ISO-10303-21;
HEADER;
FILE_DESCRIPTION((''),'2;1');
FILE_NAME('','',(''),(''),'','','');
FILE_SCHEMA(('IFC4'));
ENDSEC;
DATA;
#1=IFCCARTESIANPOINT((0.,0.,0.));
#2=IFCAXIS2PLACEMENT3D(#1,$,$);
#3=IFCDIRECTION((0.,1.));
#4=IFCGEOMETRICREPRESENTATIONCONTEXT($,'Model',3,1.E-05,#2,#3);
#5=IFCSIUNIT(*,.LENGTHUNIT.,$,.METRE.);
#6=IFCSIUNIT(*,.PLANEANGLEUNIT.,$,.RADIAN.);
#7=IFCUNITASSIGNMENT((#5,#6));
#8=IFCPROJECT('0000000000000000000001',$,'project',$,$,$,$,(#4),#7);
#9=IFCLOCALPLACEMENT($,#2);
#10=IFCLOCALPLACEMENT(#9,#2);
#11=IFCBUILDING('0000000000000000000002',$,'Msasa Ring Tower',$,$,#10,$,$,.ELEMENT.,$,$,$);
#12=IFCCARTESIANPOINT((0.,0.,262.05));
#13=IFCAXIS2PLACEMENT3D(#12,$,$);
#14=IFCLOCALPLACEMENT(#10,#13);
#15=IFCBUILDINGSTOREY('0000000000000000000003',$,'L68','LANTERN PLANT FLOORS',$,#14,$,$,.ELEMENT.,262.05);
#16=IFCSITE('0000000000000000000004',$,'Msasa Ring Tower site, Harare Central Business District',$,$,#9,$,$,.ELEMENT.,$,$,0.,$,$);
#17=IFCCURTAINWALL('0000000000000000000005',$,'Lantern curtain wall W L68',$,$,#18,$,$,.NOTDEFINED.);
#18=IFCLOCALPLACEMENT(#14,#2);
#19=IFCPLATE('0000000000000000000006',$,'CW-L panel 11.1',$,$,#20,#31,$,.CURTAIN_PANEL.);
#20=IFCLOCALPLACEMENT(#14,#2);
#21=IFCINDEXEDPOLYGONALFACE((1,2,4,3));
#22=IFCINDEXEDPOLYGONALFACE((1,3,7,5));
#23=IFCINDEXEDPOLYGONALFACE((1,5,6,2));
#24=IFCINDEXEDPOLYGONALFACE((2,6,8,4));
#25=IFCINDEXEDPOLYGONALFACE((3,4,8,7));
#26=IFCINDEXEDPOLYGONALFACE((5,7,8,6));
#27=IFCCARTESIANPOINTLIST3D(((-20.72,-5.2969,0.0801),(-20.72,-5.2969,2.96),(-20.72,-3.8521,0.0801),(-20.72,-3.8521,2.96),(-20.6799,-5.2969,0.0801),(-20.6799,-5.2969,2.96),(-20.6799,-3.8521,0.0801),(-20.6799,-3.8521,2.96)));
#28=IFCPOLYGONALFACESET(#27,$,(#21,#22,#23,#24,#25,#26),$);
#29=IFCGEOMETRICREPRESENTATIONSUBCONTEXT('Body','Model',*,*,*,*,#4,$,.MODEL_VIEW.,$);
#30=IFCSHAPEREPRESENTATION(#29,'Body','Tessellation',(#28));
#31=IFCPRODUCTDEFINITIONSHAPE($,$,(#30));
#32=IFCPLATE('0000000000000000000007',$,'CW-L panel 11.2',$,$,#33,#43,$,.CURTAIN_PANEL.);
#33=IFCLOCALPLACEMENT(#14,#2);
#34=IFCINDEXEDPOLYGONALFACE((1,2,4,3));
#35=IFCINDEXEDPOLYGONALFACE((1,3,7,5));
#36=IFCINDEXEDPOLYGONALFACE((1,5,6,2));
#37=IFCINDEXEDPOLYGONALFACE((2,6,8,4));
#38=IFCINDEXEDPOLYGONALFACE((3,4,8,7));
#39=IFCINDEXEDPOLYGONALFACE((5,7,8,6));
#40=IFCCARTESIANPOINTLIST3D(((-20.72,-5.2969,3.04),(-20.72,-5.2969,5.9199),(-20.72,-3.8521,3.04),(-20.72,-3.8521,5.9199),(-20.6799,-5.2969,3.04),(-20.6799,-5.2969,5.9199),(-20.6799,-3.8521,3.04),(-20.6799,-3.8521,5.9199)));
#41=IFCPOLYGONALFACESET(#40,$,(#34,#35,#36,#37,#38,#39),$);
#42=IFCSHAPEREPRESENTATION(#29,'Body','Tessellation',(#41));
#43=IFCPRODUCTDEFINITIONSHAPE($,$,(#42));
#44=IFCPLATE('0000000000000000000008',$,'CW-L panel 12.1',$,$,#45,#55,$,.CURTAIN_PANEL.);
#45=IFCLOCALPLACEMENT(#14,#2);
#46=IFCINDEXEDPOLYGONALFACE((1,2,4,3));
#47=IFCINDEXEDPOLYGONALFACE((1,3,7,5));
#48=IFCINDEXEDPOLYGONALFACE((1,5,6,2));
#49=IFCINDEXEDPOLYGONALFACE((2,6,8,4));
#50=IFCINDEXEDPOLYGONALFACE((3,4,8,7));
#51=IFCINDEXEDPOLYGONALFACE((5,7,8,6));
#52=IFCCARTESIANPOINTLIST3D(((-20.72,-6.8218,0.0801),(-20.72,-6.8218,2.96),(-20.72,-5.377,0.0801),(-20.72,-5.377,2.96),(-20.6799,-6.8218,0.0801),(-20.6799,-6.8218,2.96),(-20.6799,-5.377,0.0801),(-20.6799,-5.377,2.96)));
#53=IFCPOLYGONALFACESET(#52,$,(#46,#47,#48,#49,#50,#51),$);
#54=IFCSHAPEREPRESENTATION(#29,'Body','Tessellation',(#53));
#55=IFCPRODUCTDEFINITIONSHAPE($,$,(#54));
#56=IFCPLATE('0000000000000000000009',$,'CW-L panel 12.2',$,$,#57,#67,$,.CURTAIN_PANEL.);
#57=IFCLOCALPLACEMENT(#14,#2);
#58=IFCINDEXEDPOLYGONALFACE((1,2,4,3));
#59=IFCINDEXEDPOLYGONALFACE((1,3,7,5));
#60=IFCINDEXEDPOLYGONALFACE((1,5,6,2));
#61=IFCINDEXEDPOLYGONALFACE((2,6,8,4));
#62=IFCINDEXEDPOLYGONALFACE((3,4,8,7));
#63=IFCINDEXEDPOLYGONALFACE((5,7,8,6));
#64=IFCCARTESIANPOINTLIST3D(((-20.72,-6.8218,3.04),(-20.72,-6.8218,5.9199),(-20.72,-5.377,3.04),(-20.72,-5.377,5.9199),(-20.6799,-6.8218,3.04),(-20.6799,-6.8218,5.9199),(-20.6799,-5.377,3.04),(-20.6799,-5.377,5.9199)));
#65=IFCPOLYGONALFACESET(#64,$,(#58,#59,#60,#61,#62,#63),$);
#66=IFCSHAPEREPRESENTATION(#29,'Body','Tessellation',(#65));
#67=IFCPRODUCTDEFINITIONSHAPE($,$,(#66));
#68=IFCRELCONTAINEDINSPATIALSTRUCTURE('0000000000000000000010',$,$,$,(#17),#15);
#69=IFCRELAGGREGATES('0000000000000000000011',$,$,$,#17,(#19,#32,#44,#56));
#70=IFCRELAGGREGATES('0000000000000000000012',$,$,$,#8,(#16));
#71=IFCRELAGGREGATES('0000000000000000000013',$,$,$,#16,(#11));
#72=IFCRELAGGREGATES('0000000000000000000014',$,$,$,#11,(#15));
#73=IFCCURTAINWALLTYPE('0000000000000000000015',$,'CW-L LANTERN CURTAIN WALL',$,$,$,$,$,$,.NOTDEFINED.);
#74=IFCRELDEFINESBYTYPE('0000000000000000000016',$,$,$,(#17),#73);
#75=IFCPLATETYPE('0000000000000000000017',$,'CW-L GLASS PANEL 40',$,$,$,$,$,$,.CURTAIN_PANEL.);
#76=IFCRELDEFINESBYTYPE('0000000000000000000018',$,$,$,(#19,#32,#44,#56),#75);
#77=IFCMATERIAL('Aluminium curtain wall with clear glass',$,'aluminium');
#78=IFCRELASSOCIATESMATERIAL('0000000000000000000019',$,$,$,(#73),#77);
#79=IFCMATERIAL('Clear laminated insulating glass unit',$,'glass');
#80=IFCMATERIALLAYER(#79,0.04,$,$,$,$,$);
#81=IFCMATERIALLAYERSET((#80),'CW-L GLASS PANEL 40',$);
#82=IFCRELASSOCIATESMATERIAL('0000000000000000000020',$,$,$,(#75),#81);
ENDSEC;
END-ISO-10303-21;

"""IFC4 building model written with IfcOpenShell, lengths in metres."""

from ifc_helpers import new_model, si_unit, direction, frame, origin, origin_2d, place, context, subcontext, project, spatial, rectangle, extrude, material, layer, layer_set, type_object, element, aggregate, save


model = new_model("IFC4")

# Units and contexts
model_context = context("Model", 3, precision=1e-05, world=origin(), true_north=direction((0.0, 1.0)))
body_context = subcontext(model_context, "Body", "Model", "MODEL_VIEW")
ifc_project = project(units=[si_unit("LENGTHUNIT", "METRE"), si_unit("PLANEANGLEUNIT", "RADIAN")], contexts=[model_context])

# Site, building, storey
site_placement = place(None, origin())
site = spatial("IfcSite", under=ifc_project, at=site_placement, Name="Msasa Ring Tower site, Harare Central Business District", CompositionType="ELEMENT", RefElevation=0.0)
building_placement = place(site_placement, origin())
building = spatial("IfcBuilding", under=site, at=building_placement, Name="Msasa Ring Tower", CompositionType="ELEMENT")
storey_placement = place(building_placement, frame((0.0, 0.0, 262.05)))
storey = spatial("IfcBuildingStorey", under=building, at=storey_placement, Name="L68", Description="LANTERN PLANT FLOORS", CompositionType="ELEMENT", Elevation=262.05)

# Curtain wall, plates
ifc_material_1 = material(Name="Aluminium curtain wall with clear glass", Category="aluminium")
curtain_wall_type = type_object("IfcCurtainWallType", Name="CW-L LANTERN CURTAIN WALL", PredefinedType="NOTDEFINED", material=ifc_material_1)
curtain_wall_placement = place(storey_placement, origin())
curtain_wall = element("IfcCurtainWall", 1, at=curtain_wall_placement, inside=storey, type_object=curtain_wall_type, Name="Lantern curtain wall W L68", PredefinedType="NOTDEFINED")
ifc_material_2 = material(Name="Clear laminated insulating glass unit", Category="glass")
ifc_layer = layer(ifc_material_2, 0.04)
ifc_layer_set = layer_set([ifc_layer], Name="CW-L GLASS PANEL 40")
plate_type = type_object("IfcPlateType", Name="CW-L GLASS PANEL 40", PredefinedType="CURTAIN_PANEL", material=ifc_layer_set)
plate_1_placement = place(storey_placement, frame((-20.7, -4.5745, 0.0801), z_axis=(0.0, 0.0, 1.0), x_axis=(0.0, -1.0, 0.0)))
plate_1 = element("IfcPlate", 2, at=plate_1_placement, type_object=plate_type, Name="CW-L panel 11.1", PredefinedType="CURTAIN_PANEL", context=body_context, shape_type="SweptSolid", body=[
    extrude(rectangle(XDim=1.4448, YDim=0.04, at=origin_2d()), origin(), (0.0, 0.0, 1.0), 2.8799),
])
plate_2_placement = place(storey_placement, frame((-20.7, -4.5745, 3.04), z_axis=(0.0, 0.0, 1.0), x_axis=(0.0, -1.0, 0.0)))
plate_2 = element("IfcPlate", 3, at=plate_2_placement, type_object=plate_type, Name="CW-L panel 11.2", PredefinedType="CURTAIN_PANEL", context=body_context, shape_type="SweptSolid", body=[
    extrude(rectangle(XDim=1.4448, YDim=0.04, at=origin_2d()), origin(), (0.0, 0.0, 1.0), 2.8799),
])
plate_3_placement = place(storey_placement, frame((-20.7, -6.0994, 0.0801), z_axis=(0.0, 0.0, 1.0), x_axis=(0.0, -1.0, 0.0)))
plate_3 = element("IfcPlate", 4, at=plate_3_placement, type_object=plate_type, Name="CW-L panel 12.1", PredefinedType="CURTAIN_PANEL", context=body_context, shape_type="SweptSolid", body=[
    extrude(rectangle(XDim=1.4448, YDim=0.04, at=origin_2d()), origin(), (0.0, 0.0, 1.0), 2.8799),
])
plate_4_placement = place(storey_placement, frame((-20.7, -6.0994, 3.04), z_axis=(0.0, 0.0, 1.0), x_axis=(0.0, -1.0, 0.0)))
plate_4 = element("IfcPlate", 5, at=plate_4_placement, type_object=plate_type, Name="CW-L panel 12.2", PredefinedType="CURTAIN_PANEL", context=body_context, shape_type="SweptSolid", body=[
    extrude(rectangle(XDim=1.4448, YDim=0.04, at=origin_2d()), origin(), (0.0, 0.0, 1.0), 2.8799),
])
aggregate(curtain_wall, [plate_1, plate_2, plate_3, plate_4])

save(model, "model.ifc")
